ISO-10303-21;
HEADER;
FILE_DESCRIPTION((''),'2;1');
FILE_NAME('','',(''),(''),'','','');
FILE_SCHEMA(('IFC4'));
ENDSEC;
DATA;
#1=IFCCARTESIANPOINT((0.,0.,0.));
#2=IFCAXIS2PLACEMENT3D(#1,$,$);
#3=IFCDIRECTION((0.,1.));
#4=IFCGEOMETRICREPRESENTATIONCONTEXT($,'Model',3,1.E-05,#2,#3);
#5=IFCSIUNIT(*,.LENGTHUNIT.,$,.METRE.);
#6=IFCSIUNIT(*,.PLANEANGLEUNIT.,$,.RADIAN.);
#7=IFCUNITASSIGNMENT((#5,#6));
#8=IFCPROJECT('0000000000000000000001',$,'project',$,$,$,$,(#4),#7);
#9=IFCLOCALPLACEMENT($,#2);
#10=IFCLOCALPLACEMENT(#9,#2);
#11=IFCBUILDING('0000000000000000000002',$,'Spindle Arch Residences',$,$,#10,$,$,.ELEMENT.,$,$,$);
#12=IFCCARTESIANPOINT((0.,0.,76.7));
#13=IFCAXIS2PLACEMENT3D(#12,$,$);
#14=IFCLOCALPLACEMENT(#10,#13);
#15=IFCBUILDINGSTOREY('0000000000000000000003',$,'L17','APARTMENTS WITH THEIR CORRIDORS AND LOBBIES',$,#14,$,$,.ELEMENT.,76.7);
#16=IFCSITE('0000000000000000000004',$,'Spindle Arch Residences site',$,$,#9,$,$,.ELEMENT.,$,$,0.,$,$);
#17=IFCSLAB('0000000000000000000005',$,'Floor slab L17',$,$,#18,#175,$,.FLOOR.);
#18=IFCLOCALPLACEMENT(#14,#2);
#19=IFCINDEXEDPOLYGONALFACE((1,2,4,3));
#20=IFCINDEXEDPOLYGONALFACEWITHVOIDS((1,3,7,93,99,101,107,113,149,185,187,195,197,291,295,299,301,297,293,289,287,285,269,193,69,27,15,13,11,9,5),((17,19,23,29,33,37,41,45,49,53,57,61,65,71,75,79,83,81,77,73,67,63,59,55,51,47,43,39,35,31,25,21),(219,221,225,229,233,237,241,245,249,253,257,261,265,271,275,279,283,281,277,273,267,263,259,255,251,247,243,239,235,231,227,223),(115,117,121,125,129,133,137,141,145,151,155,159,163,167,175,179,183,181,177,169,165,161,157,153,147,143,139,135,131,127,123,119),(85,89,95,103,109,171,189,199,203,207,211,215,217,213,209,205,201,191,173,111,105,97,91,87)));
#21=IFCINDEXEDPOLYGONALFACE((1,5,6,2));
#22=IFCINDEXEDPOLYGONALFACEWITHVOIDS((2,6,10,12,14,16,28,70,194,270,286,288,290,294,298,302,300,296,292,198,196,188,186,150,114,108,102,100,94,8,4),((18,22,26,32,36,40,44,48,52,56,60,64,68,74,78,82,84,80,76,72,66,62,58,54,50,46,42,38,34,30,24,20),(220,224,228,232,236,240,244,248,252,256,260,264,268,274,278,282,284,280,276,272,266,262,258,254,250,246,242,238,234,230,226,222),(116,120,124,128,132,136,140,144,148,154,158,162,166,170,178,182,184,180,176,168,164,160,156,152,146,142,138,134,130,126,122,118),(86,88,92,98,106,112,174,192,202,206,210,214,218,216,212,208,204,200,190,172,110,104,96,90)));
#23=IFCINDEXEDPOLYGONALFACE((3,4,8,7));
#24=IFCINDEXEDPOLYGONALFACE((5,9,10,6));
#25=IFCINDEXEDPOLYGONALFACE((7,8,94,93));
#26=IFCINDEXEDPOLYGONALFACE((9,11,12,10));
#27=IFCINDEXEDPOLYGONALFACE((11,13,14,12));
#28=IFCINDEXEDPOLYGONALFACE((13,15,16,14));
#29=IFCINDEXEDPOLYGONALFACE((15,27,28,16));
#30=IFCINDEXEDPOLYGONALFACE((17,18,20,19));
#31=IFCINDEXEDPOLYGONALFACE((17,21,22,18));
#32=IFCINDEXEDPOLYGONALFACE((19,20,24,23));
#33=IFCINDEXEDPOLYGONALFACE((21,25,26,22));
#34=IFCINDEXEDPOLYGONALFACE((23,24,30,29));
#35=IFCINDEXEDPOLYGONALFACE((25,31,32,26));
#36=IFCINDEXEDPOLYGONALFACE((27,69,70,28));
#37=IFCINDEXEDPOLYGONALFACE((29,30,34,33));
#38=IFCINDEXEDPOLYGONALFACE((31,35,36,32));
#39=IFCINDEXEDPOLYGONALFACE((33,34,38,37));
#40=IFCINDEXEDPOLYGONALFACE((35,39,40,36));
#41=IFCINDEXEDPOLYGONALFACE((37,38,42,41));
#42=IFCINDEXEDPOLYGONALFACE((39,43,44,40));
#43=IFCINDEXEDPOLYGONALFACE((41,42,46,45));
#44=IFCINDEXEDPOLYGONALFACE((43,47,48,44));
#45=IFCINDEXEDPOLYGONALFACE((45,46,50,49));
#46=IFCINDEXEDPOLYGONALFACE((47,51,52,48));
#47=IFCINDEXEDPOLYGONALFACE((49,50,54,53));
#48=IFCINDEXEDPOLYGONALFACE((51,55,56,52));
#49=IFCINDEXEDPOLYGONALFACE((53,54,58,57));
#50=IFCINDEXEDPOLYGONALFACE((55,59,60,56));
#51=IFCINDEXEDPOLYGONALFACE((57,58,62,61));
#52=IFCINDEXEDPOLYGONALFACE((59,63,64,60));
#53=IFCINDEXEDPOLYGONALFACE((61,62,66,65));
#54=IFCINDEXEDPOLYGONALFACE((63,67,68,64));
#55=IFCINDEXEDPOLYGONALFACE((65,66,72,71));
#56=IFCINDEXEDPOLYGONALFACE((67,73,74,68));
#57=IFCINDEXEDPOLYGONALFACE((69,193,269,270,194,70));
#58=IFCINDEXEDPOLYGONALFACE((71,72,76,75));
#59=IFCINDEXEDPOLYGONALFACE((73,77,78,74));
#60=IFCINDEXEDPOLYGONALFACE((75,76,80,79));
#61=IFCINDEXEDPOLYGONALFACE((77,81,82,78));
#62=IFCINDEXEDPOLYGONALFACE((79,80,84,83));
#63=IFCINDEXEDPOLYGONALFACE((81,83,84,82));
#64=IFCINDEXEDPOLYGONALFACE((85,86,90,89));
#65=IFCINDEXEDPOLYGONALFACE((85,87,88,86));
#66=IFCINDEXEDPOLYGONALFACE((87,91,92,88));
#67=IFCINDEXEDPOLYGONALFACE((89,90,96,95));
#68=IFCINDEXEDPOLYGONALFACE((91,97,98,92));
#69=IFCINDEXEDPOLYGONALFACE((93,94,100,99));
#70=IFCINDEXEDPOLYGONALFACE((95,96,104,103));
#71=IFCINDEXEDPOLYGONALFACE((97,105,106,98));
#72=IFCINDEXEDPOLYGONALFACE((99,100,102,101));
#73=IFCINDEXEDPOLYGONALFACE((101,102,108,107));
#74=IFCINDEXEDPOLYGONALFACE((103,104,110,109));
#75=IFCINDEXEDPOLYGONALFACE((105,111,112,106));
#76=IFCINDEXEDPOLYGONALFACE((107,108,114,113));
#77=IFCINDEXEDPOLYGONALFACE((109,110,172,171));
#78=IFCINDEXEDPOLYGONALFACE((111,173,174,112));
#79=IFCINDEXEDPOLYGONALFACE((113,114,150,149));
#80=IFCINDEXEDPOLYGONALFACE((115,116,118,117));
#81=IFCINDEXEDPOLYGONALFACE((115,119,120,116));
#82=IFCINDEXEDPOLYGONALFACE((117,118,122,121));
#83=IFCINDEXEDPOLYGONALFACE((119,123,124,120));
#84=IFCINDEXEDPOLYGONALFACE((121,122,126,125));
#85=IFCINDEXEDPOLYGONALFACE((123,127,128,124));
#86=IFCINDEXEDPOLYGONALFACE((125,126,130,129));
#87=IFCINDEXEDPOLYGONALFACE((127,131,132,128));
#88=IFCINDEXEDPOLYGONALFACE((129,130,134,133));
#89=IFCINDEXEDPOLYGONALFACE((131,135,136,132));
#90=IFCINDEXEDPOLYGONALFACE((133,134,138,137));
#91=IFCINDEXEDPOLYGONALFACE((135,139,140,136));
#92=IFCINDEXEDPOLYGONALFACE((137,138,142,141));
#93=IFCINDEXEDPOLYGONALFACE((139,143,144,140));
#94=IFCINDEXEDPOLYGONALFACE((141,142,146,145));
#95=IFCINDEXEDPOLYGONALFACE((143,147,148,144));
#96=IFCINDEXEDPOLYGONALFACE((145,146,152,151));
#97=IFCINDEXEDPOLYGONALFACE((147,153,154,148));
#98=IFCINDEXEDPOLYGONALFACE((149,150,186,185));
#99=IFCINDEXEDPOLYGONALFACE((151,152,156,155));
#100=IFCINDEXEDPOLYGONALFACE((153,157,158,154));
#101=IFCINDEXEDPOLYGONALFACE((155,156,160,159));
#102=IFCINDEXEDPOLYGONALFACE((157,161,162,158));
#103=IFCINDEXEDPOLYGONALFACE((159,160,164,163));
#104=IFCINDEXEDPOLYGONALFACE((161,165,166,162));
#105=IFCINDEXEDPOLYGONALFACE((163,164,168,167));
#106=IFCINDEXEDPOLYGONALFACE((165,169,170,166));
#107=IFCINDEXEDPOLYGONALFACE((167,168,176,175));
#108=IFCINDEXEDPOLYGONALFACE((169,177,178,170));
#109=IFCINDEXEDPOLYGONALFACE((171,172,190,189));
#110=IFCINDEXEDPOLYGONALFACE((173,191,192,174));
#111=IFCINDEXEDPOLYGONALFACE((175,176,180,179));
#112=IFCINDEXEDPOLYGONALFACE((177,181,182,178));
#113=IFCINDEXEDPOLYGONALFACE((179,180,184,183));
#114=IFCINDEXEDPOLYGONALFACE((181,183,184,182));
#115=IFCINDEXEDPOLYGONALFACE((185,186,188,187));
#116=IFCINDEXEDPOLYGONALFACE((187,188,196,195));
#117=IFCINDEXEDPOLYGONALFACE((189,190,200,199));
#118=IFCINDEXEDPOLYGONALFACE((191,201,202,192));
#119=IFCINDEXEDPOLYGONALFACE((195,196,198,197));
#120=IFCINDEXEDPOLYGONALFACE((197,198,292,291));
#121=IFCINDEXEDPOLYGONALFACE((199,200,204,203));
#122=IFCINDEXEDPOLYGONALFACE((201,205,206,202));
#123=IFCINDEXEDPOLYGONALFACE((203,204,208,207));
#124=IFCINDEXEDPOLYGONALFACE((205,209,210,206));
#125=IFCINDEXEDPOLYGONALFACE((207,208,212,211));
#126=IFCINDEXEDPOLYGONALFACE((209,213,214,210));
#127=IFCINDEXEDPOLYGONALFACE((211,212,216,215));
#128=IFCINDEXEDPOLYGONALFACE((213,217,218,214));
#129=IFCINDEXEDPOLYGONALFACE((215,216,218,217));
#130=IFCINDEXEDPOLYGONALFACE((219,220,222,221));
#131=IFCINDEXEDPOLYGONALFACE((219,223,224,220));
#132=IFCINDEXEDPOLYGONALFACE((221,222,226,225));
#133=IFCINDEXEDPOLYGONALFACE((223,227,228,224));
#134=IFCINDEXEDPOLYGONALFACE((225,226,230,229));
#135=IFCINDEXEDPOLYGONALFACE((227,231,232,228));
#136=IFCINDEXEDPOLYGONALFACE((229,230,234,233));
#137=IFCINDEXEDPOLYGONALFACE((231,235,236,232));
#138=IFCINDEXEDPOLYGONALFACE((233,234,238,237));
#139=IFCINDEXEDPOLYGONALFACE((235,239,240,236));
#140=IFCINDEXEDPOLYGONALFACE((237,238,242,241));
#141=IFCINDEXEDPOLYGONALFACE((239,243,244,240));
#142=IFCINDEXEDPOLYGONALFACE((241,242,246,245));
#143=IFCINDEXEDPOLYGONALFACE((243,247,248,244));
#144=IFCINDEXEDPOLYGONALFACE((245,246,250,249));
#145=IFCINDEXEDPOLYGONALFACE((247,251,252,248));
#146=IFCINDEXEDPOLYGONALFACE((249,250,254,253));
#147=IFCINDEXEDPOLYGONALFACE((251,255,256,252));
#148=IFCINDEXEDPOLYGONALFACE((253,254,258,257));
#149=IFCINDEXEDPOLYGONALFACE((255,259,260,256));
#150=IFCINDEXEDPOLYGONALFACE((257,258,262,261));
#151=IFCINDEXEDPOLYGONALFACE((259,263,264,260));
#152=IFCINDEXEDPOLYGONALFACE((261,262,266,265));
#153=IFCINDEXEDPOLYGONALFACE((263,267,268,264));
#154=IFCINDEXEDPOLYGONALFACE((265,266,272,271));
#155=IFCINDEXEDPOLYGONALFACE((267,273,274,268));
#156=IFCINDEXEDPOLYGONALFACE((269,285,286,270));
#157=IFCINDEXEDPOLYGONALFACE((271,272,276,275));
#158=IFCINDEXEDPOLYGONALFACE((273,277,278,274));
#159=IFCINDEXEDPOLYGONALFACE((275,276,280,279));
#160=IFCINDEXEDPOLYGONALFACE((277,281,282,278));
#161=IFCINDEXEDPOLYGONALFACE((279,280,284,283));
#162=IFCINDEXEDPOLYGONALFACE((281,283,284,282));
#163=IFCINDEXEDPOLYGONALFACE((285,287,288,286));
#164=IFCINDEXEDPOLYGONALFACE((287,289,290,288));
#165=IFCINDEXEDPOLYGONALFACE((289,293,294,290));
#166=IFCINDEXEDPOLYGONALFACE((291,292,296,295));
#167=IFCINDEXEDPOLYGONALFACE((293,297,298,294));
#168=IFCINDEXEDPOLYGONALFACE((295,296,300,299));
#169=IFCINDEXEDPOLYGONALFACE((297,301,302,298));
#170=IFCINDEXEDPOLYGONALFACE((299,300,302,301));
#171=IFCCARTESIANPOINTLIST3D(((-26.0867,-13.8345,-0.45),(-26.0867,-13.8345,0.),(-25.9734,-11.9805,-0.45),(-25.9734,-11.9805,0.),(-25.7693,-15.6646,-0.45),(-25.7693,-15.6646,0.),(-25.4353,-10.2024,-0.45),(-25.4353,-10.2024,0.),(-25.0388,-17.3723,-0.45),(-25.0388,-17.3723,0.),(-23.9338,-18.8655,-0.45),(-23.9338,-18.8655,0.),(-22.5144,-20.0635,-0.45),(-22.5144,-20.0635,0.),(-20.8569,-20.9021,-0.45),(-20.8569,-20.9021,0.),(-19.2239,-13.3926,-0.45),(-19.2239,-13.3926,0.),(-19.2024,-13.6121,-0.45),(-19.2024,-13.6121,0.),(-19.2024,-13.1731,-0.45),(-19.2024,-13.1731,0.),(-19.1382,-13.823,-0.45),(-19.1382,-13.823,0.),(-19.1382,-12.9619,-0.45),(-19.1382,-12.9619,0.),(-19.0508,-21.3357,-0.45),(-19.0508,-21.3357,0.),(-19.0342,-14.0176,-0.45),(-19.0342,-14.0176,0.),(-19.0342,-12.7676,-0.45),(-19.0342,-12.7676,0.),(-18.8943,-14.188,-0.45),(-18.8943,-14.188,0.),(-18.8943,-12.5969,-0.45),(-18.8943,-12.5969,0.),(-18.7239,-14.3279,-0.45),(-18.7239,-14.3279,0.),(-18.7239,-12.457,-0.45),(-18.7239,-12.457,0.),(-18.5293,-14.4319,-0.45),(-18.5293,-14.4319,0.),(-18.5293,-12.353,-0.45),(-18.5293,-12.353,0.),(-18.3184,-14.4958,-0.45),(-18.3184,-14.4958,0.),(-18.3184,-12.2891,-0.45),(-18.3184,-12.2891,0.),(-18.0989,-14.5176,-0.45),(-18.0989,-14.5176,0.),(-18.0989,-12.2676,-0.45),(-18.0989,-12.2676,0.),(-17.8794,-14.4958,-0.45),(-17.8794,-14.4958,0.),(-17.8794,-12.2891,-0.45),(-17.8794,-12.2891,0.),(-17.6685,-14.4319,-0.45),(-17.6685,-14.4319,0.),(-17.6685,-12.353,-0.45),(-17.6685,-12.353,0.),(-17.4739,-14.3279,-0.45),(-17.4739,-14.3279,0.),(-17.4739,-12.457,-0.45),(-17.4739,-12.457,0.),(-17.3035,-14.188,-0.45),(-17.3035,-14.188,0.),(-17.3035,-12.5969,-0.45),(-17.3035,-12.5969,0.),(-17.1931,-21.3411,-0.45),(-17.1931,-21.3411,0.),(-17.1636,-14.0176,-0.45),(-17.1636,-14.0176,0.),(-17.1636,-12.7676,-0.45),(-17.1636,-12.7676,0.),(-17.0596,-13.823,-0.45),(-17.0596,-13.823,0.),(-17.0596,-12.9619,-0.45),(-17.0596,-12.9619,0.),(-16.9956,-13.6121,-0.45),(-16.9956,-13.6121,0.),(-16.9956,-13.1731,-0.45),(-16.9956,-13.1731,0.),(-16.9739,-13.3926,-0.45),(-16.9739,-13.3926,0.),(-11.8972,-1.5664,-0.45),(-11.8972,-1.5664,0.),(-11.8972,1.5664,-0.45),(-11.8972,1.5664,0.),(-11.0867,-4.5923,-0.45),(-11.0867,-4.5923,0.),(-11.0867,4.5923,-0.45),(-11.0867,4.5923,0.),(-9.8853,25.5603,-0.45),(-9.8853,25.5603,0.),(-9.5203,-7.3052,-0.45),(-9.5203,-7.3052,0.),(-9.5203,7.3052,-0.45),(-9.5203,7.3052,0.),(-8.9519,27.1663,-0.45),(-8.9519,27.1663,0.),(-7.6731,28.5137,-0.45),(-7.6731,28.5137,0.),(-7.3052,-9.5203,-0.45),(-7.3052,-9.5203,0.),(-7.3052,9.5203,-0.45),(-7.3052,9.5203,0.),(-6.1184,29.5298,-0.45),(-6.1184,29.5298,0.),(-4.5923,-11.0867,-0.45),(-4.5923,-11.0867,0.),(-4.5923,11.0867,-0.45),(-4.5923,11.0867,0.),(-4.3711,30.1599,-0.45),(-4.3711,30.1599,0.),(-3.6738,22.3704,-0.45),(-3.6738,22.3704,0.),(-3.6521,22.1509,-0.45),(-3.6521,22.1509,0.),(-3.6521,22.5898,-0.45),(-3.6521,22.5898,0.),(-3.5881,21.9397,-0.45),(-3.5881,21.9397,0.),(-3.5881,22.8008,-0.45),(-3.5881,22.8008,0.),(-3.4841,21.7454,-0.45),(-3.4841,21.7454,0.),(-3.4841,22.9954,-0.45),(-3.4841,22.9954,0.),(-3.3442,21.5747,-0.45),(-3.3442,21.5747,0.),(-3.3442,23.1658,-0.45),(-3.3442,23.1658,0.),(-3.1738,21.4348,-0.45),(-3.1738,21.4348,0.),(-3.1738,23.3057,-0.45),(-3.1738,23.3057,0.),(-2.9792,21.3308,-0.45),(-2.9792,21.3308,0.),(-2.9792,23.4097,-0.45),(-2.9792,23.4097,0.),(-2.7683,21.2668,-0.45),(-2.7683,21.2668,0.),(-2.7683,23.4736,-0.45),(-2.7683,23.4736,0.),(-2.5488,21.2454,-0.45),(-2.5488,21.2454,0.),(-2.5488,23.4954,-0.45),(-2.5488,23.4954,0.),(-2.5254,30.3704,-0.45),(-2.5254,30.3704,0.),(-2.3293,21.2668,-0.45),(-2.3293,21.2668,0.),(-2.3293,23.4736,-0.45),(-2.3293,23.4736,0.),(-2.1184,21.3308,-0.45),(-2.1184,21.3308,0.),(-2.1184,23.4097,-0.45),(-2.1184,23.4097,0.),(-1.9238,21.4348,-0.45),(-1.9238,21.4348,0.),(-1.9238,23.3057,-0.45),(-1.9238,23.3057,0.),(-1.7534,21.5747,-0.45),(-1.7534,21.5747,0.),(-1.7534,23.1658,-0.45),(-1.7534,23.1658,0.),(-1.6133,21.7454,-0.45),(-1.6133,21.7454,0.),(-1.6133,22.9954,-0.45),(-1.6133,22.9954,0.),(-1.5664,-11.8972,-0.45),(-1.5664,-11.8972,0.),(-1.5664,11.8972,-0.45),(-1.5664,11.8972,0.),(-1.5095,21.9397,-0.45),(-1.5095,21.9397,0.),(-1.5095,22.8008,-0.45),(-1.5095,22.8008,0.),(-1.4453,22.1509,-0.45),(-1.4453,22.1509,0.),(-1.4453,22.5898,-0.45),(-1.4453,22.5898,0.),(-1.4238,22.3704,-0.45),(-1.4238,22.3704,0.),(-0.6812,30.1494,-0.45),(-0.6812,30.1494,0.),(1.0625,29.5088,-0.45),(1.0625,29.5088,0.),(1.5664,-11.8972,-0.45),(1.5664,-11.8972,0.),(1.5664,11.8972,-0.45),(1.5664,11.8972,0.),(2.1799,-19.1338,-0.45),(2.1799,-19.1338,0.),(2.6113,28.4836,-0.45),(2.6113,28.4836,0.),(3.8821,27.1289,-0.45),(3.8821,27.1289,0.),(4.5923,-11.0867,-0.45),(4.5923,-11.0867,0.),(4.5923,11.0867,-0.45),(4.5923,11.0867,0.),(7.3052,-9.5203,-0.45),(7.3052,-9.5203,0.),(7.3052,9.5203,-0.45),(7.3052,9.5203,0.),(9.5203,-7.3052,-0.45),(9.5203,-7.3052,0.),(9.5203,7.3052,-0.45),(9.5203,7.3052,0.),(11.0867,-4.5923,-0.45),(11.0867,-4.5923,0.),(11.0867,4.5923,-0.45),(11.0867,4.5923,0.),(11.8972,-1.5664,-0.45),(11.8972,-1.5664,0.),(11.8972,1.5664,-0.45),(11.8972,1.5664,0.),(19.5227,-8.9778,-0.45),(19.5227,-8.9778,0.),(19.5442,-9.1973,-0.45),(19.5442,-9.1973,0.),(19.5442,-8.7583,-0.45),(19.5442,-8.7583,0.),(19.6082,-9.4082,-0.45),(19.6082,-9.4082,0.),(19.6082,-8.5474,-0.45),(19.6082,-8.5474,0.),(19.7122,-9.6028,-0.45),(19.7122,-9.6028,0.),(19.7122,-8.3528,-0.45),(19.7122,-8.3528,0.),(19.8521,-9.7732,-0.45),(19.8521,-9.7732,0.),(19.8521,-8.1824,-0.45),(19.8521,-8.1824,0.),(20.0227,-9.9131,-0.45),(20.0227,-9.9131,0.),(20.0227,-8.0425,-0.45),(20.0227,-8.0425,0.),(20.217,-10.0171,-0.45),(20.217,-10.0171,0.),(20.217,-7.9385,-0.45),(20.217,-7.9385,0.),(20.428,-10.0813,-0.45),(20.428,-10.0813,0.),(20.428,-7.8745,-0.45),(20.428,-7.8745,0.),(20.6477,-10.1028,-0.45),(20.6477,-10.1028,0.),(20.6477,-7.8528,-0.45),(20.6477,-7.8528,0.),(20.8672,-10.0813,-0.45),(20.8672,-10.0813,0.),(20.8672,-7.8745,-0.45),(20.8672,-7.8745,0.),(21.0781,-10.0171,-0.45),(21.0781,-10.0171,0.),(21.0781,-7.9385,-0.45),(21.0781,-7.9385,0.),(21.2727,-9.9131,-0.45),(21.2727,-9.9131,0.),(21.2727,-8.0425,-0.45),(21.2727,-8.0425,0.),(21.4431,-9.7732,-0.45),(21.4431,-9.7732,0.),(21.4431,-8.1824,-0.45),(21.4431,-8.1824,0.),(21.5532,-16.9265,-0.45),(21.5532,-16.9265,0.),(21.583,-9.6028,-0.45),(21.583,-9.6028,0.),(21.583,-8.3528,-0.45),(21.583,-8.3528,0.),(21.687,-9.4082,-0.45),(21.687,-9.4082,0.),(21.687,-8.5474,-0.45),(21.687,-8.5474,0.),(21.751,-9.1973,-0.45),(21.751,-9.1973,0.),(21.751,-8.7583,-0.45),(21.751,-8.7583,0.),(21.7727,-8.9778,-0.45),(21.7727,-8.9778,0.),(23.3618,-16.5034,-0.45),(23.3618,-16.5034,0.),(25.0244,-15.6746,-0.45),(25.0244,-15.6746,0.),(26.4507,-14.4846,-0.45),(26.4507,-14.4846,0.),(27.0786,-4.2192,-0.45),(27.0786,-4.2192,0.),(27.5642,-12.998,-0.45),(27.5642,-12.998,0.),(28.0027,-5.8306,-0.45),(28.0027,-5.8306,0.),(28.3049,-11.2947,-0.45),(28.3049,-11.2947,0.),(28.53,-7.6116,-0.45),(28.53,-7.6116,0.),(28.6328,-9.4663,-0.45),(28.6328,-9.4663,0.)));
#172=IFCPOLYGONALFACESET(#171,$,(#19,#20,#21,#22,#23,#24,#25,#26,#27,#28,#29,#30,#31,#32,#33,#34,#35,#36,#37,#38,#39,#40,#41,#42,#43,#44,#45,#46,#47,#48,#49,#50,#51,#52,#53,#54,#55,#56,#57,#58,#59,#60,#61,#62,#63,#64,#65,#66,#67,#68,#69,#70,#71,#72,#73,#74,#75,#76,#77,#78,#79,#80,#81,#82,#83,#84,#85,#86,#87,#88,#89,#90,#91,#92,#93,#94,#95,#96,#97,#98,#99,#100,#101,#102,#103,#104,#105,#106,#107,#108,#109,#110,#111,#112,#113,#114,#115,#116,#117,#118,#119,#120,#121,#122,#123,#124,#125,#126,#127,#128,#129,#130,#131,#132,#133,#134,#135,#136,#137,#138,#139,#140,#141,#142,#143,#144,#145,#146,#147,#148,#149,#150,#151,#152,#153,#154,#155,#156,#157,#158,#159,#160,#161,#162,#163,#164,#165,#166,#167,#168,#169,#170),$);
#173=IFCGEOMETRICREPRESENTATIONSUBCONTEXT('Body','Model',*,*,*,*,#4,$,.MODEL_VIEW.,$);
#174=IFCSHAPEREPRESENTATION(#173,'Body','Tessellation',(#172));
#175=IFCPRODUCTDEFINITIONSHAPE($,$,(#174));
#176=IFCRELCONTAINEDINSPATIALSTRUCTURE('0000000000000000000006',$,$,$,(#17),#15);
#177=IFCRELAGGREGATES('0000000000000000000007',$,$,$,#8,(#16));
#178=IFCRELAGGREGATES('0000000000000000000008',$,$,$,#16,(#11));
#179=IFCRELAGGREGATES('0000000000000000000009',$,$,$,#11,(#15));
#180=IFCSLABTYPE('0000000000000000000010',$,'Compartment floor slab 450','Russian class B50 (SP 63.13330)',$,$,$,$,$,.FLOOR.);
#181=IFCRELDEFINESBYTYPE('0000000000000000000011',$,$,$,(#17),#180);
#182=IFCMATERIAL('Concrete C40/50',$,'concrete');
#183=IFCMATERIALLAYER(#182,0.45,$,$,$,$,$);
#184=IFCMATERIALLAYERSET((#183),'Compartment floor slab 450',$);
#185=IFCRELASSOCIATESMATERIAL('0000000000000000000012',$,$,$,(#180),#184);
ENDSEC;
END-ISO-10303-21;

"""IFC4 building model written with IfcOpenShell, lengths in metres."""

from ifc_helpers import new_model, si_unit, direction, frame, origin, place, context, subcontext, project, spatial, polyline, outline, extrude, material, layer, layer_set, type_object, element, save


model = new_model("IFC4")

# Units and contexts
model_context = context("Model", 3, precision=1e-05, world=origin(), true_north=direction((0.0, 1.0)))
body_context = subcontext(model_context, "Body", "Model", "MODEL_VIEW")
ifc_project = project(units=[si_unit("LENGTHUNIT", "METRE"), si_unit("PLANEANGLEUNIT", "RADIAN")], contexts=[model_context])

# Site, building, storey
site_placement = place(None, origin())
site = spatial("IfcSite", under=ifc_project, at=site_placement, Name="Spindle Arch Residences site", CompositionType="ELEMENT", RefElevation=0.0)
building_placement = place(site_placement, origin())
building = spatial("IfcBuilding", under=site, at=building_placement, Name="Spindle Arch Residences", CompositionType="ELEMENT")
storey_placement = place(building_placement, frame((0.0, 0.0, 76.7)))
storey = spatial("IfcBuildingStorey", under=building, at=storey_placement, Name="L17", Description="APARTMENTS WITH THEIR CORRIDORS AND LOBBIES", CompositionType="ELEMENT", Elevation=76.7)

# Slab
ifc_material_1 = material(Name="Concrete C40/50", Category="concrete")
ifc_layer_1 = layer(ifc_material_1, 0.45)
ifc_layer_set_1 = layer_set([ifc_layer_1], Name="Compartment floor slab 450")
slab_type = type_object("IfcSlabType", Name="Compartment floor slab 450", Description="Russian class B50 (SP 63.13330)", PredefinedType="FLOOR", material=ifc_layer_set_1)
slab_placement = place(storey_placement, frame((0.0, 0.0, -0.45)))
element("IfcSlab", 1, at=slab_placement, inside=storey, type_object=slab_type, Name="Floor slab L17", PredefinedType="FLOOR", context=body_context, shape_type="SweptSolid", body=[
    extrude(outline(polyline([(-19.0508, -21.3357), (-20.8569, -20.9021), (-22.5144, -20.0635), (-23.9338, -18.8655), (-25.0388, -17.3723), (-25.7693, -15.6646), (-26.0867, -13.8345), (-25.9734, -11.9805), (-25.4353, -10.2024), (-9.8853, 25.5603), (-8.9519, 27.1663), (-7.6731, 28.5137), (-6.1184, 29.5298), (-4.3711, 30.1599), (-2.5254, 30.3704), (-0.6812, 30.1494), (1.0625, 29.5088), (2.6113, 28.4836), (3.8821, 27.1289), (27.0786, -4.2192), (28.0027, -5.8306), (28.53, -7.6116), (28.6328, -9.4663), (28.3049, -11.2947), (27.5642, -12.998), (26.4507, -14.4846), (25.0244, -15.6746), (23.3618, -16.5034), (21.5532, -16.9265), (2.1799, -19.1338), (-17.1931, -21.3411), (-19.0508, -21.3357)]), holes=[polyline([(7.3052, -9.5203), (9.5203, -7.3052), (11.0867, -4.5923), (11.8972, -1.5664), (11.8972, 1.5664), (11.0867, 4.5923), (9.5203, 7.3052), (7.3052, 9.5203), (4.5923, 11.0867), (1.5664, 11.8972), (-1.5664, 11.8972), (-4.5923, 11.0867), (-7.3052, 9.5203), (-9.5203, 7.3052), (-11.0867, 4.5923), (-11.8972, 1.5664), (-11.8972, -1.5664), (-11.0867, -4.5923), (-9.5203, -7.3052), (-7.3052, -9.5203), (-4.5923, -11.0867), (-1.5664, -11.8972), (1.5664, -11.8972), (4.5923, -11.0867), (7.3052, -9.5203)]), polyline([(-17.3035, -14.188), (-17.1636, -14.0176), (-17.0596, -13.823), (-16.9956, -13.6121), (-16.9739, -13.3926), (-16.9956, -13.1731), (-17.0596, -12.9619), (-17.1636, -12.7676), (-17.3035, -12.5969), (-17.4739, -12.457), (-17.6685, -12.353), (-17.8794, -12.2891), (-18.0989, -12.2676), (-18.3184, -12.2891), (-18.5293, -12.353), (-18.7239, -12.457), (-18.8943, -12.5969), (-19.0342, -12.7676), (-19.1382, -12.9619), (-19.2024, -13.1731), (-19.2239, -13.3926), (-19.2024, -13.6121), (-19.1382, -13.823), (-19.0342, -14.0176), (-18.8943, -14.188), (-18.7239, -14.3279), (-18.5293, -14.4319), (-18.3184, -14.4958), (-18.0989, -14.5176), (-17.8794, -14.4958), (-17.6685, -14.4319), (-17.4739, -14.3279), (-17.3035, -14.188)]), polyline([(-1.7534, 21.5747), (-1.6133, 21.7454), (-1.5095, 21.9397), (-1.4453, 22.1509), (-1.4238, 22.3704), (-1.4453, 22.5898), (-1.5095, 22.8008), (-1.6133, 22.9954), (-1.7534, 23.1658), (-1.9238, 23.3057), (-2.1184, 23.4097), (-2.3293, 23.4736), (-2.5488, 23.4954), (-2.7683, 23.4736), (-2.9792, 23.4097), (-3.1738, 23.3057), (-3.3442, 23.1658), (-3.4841, 22.9954), (-3.5881, 22.8008), (-3.6521, 22.5898), (-3.6738, 22.3704), (-3.6521, 22.1509), (-3.5881, 21.9397), (-3.4841, 21.7454), (-3.3442, 21.5747), (-3.1738, 21.4348), (-2.9792, 21.3308), (-2.7683, 21.2668), (-2.5488, 21.2454), (-2.3293, 21.2668), (-2.1184, 21.3308), (-1.9238, 21.4348), (-1.7534, 21.5747)]), polyline([(21.4431, -9.7732), (21.583, -9.6028), (21.687, -9.4082), (21.751, -9.1973), (21.7727, -8.9778), (21.751, -8.7583), (21.687, -8.5474), (21.583, -8.3528), (21.4431, -8.1824), (21.2727, -8.0425), (21.0781, -7.9385), (20.8672, -7.8745), (20.6477, -7.8528), (20.428, -7.8745), (20.217, -7.9385), (20.0227, -8.0425), (19.8521, -8.1824), (19.7122, -8.3528), (19.6082, -8.5474), (19.5442, -8.7583), (19.5227, -8.9778), (19.5442, -9.1973), (19.6082, -9.4082), (19.7122, -9.6028), (19.8521, -9.7732), (20.0227, -9.9131), (20.217, -10.0171), (20.428, -10.0813), (20.6477, -10.1028), (20.8672, -10.0813), (21.0781, -10.0171), (21.2727, -9.9131), (21.4431, -9.7732)])]), origin(), (0.0, 0.0, 1.0), 0.45),
])

save(model, "model.ifc")
